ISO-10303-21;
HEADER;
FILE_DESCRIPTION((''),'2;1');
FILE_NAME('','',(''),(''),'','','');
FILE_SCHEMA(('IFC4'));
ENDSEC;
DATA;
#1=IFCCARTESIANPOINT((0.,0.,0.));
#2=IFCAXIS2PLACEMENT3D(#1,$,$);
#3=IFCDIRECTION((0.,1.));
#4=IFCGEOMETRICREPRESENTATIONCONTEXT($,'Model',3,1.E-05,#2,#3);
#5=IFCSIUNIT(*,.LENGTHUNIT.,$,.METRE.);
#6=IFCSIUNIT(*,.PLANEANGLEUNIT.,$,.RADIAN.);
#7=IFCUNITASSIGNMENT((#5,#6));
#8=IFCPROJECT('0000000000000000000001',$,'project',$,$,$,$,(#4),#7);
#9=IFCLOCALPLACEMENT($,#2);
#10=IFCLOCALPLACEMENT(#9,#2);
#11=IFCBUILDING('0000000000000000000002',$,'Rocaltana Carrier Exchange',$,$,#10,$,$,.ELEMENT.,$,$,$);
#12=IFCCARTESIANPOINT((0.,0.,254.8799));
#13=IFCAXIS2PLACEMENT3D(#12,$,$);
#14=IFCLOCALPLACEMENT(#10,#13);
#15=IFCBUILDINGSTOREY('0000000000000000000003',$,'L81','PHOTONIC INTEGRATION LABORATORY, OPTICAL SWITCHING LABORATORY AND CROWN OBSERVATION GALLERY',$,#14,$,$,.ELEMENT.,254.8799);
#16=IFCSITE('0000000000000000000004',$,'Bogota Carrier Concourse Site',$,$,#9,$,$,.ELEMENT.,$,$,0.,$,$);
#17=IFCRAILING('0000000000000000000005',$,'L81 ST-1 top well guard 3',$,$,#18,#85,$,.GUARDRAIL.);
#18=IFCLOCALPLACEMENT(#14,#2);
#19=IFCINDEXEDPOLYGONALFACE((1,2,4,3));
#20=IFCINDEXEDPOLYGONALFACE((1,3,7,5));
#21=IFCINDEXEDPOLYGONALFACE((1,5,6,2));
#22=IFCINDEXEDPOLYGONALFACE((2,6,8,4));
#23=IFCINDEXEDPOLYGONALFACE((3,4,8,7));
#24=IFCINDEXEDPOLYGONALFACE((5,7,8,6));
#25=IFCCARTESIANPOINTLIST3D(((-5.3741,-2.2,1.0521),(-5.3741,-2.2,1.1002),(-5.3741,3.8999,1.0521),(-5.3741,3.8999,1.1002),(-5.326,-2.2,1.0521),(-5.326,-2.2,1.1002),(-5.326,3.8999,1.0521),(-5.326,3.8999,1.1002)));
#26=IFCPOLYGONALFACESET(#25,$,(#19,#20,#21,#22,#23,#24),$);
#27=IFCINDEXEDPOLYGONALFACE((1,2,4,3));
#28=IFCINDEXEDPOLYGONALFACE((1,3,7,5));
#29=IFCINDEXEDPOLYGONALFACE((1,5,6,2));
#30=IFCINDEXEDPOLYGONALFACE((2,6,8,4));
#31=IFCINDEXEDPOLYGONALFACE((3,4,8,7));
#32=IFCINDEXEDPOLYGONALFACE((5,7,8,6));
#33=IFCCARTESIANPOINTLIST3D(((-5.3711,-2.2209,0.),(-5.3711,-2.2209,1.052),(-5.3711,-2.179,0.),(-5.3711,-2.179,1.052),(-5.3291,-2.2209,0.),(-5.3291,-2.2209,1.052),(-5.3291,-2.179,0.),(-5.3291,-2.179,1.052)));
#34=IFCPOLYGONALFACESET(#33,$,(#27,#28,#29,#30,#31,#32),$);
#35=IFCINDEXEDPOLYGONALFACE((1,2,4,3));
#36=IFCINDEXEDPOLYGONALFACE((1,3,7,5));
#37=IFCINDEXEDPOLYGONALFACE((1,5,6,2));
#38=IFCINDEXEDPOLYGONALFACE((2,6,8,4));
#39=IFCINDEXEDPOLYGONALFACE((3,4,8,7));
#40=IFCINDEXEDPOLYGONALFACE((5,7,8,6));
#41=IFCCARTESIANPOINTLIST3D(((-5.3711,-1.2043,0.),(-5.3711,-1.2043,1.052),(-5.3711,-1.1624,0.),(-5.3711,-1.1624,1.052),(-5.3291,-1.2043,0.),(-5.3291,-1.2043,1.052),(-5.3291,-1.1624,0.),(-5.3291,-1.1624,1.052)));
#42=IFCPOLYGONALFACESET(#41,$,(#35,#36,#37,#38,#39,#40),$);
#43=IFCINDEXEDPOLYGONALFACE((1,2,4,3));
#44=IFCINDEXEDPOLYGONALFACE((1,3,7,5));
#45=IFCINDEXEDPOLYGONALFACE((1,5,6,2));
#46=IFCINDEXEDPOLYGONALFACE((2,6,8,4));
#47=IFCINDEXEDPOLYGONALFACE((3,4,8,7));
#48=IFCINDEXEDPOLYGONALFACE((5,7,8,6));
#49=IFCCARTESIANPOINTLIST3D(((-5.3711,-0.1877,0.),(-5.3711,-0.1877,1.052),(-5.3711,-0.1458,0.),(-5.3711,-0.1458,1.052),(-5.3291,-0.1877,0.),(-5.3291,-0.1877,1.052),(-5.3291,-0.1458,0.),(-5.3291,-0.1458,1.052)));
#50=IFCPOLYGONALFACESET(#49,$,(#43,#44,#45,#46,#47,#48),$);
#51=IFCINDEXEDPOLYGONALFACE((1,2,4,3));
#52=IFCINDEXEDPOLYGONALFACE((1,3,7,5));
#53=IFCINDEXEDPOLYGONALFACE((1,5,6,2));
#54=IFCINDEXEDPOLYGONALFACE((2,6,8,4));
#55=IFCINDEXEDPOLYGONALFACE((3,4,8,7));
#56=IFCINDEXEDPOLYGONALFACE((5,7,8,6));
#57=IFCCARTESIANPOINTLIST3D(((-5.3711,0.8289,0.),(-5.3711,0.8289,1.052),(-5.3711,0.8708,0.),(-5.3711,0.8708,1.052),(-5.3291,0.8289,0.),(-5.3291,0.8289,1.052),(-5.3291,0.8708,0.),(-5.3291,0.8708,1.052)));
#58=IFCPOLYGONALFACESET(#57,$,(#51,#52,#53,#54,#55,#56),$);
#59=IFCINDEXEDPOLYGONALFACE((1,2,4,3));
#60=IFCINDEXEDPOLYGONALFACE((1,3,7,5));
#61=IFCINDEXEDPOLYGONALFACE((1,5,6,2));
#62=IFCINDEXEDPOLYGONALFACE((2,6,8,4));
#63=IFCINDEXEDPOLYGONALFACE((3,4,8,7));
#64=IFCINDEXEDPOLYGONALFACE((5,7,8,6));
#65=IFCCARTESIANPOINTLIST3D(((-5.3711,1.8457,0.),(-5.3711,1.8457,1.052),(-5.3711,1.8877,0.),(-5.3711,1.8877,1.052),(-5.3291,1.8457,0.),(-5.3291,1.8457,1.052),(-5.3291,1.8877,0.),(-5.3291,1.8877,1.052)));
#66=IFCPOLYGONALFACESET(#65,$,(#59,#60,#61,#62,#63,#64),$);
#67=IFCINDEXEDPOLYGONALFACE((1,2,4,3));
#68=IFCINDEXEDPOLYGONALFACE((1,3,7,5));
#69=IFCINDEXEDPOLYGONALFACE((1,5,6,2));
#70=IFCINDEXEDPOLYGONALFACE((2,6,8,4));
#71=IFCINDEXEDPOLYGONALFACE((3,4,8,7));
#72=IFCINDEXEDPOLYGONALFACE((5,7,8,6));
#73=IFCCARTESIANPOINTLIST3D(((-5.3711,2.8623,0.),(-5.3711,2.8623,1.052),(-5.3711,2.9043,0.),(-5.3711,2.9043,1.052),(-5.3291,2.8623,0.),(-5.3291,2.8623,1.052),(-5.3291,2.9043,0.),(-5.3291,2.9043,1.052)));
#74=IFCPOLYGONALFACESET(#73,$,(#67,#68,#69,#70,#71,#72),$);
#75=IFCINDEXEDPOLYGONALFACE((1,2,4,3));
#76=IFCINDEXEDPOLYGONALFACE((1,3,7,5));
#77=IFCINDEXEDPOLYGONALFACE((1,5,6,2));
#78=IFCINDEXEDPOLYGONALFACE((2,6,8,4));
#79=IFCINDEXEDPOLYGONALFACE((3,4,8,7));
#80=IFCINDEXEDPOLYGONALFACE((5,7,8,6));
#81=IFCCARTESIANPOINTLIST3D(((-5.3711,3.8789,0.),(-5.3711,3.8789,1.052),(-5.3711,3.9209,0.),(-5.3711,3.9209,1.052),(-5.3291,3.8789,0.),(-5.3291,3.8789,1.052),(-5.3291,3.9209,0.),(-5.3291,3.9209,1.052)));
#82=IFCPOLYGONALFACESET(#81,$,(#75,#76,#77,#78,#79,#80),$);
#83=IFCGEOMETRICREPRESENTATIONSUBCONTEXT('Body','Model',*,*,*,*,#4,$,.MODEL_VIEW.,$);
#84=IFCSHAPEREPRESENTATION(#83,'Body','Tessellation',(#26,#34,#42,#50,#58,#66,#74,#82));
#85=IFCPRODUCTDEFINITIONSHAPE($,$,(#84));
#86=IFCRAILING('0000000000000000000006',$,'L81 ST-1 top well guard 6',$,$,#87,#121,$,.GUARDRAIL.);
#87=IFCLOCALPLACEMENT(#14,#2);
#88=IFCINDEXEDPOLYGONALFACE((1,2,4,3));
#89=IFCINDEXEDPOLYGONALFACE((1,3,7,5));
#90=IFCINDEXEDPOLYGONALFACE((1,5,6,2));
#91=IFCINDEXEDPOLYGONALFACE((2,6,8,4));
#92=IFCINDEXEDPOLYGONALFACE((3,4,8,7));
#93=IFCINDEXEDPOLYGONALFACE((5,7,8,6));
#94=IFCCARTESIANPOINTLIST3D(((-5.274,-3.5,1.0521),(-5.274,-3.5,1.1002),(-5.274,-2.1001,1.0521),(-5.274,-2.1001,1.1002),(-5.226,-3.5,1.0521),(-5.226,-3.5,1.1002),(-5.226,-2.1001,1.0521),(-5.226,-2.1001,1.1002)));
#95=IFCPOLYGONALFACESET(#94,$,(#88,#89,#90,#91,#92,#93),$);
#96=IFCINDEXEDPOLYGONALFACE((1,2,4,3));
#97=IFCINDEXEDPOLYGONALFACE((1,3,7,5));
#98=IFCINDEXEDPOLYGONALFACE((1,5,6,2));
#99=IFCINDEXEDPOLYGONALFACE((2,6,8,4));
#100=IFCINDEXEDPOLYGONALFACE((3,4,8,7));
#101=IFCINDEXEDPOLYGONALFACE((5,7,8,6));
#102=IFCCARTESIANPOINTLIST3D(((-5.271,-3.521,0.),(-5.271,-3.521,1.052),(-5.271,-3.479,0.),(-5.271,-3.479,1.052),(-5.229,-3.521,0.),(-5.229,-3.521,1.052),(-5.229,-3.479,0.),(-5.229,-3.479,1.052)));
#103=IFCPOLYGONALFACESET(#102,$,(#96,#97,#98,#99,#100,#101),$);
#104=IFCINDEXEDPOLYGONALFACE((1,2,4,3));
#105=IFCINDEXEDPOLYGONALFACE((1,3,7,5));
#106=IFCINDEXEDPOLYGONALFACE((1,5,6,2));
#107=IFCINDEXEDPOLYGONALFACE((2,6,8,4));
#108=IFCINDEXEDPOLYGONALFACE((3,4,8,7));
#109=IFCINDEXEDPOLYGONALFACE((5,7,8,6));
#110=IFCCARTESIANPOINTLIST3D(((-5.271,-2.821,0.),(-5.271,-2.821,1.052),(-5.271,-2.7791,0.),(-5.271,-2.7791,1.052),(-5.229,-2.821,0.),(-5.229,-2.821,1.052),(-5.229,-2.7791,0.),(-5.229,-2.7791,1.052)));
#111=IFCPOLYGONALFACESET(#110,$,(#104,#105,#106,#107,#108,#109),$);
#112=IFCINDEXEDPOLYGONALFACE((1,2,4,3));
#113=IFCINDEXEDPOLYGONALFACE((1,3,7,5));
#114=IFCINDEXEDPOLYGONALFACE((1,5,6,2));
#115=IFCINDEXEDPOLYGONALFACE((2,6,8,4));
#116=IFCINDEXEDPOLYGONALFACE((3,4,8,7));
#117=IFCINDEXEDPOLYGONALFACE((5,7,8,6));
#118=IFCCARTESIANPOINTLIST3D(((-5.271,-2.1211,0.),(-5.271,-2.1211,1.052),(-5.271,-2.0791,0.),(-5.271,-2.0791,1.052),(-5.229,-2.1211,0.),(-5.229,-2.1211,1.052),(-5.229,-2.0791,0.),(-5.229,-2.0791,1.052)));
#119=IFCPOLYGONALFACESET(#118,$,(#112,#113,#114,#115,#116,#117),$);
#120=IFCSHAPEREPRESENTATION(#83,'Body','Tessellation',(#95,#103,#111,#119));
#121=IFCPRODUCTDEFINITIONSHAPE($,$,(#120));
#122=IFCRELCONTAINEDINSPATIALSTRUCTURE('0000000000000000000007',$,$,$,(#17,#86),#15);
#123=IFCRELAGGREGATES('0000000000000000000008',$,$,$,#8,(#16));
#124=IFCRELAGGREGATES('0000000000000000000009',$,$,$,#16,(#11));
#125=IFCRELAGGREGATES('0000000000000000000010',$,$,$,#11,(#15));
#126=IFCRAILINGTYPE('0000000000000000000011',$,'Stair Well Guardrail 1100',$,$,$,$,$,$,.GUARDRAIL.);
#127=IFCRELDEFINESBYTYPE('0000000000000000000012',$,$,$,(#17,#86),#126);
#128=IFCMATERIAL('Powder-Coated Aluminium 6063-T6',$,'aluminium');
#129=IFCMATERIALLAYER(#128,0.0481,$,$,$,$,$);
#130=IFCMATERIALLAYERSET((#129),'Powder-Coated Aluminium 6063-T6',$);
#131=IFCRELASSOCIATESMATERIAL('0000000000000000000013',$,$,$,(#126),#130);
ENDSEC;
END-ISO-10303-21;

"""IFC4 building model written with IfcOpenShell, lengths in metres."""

from ifc_helpers import new_model, si_unit, direction, frame, origin, origin_2d, place, context, subcontext, project, spatial, rectangle, extrude, material, layer, layer_set, type_object, element, save


model = new_model("IFC4")

# Units and contexts
model_context = context("Model", 3, precision=1e-05, world=origin(), true_north=direction((0.0, 1.0)))
body_context = subcontext(model_context, "Body", "Model", "MODEL_VIEW")
ifc_project = project(units=[si_unit("LENGTHUNIT", "METRE"), si_unit("PLANEANGLEUNIT", "RADIAN")], contexts=[model_context])

# Site, building, storey
site_placement = place(None, origin())
site = spatial("IfcSite", under=ifc_project, at=site_placement, Name="Bogota Carrier Concourse Site", CompositionType="ELEMENT", RefElevation=0.0)
building_placement = place(site_placement, origin())
building = spatial("IfcBuilding", under=site, at=building_placement, Name="Rocaltana Carrier Exchange", CompositionType="ELEMENT")
storey_placement = place(building_placement, frame((0.0, 0.0, 254.8799)))
storey = spatial("IfcBuildingStorey", under=building, at=storey_placement, Name="L81", Description="PHOTONIC INTEGRATION LABORATORY, OPTICAL SWITCHING LABORATORY AND CROWN OBSERVATION GALLERY", CompositionType="ELEMENT", Elevation=254.8799)

# Railings
ifc_material_1 = material(Name="Powder-Coated Aluminium 6063-T6", Category="aluminium")
ifc_layer_1 = layer(ifc_material_1, 0.0481)
ifc_layer_set_1 = layer_set([ifc_layer_1], Name="Powder-Coated Aluminium 6063-T6")
railing_type = type_object("IfcRailingType", Name="Stair Well Guardrail 1100", PredefinedType="GUARDRAIL", material=ifc_layer_set_1)
railing_1_placement = place(storey_placement, frame((-5.3501, -2.2, 0.0)))
element("IfcRailing", 1, at=railing_1_placement, inside=storey, type_object=railing_type, Name="L81 ST-1 top well guard 3", PredefinedType="GUARDRAIL", context=body_context, shape_type="SweptSolid", body=[
    extrude(rectangle(XDim=0.0481, YDim=0.0481, at=origin_2d()), frame((0.0, 0.0, 1.0762), z_axis=(0.0, 1.0, 0.0), x_axis=(-1.0, 0.0, 0.0)), (0.0, 0.0, 1.0), 6.0999),
    extrude(rectangle(XDim=0.042, YDim=0.042, at=origin_2d()), origin(), (0.0, 0.0, 1.0), 1.052),
    extrude(rectangle(XDim=0.042, YDim=0.042, at=origin_2d()), frame((0.0, 1.0166, 0.0)), (0.0, 0.0, 1.0), 1.052),
    extrude(rectangle(XDim=0.042, YDim=0.042, at=origin_2d()), frame((0.0, 2.0332, 0.0)), (0.0, 0.0, 1.0), 1.052),
    extrude(rectangle(XDim=0.042, YDim=0.042, at=origin_2d()), frame((0.0, 3.0498, 0.0)), (0.0, 0.0, 1.0), 1.052),
    extrude(rectangle(XDim=0.042, YDim=0.042, at=origin_2d()), frame((0.0, 4.0667, 0.0)), (0.0, 0.0, 1.0), 1.052),
    extrude(rectangle(XDim=0.042, YDim=0.042, at=origin_2d()), frame((0.0, 5.0833, 0.0)), (0.0, 0.0, 1.0), 1.052),
    extrude(rectangle(XDim=0.042, YDim=0.042, at=origin_2d()), frame((0.0, 6.0999, 0.0)), (0.0, 0.0, 1.0), 1.052),
])
railing_2_placement = place(storey_placement, frame((-5.25, -3.5, 0.0)))
element("IfcRailing", 2, at=railing_2_placement, inside=storey, type_object=railing_type, Name="L81 ST-1 top well guard 6", PredefinedType="GUARDRAIL", context=body_context, shape_type="SweptSolid", body=[
    extrude(rectangle(XDim=0.0481, YDim=0.0481, at=origin_2d()), frame((0.0, 0.0, 1.0762), z_axis=(0.0, 1.0, 0.0), x_axis=(-1.0, 0.0, 0.0)), (0.0, 0.0, 1.0), 1.3999),
    extrude(rectangle(XDim=0.042, YDim=0.042, at=origin_2d()), origin(), (0.0, 0.0, 1.0), 1.052),
    extrude(rectangle(XDim=0.042, YDim=0.042, at=origin_2d()), frame((0.0, 0.7, 0.0)), (0.0, 0.0, 1.0), 1.052),
    extrude(rectangle(XDim=0.042, YDim=0.042, at=origin_2d()), frame((0.0, 1.3999, 0.0)), (0.0, 0.0, 1.0), 1.052),
])

save(model, "model.ifc")
